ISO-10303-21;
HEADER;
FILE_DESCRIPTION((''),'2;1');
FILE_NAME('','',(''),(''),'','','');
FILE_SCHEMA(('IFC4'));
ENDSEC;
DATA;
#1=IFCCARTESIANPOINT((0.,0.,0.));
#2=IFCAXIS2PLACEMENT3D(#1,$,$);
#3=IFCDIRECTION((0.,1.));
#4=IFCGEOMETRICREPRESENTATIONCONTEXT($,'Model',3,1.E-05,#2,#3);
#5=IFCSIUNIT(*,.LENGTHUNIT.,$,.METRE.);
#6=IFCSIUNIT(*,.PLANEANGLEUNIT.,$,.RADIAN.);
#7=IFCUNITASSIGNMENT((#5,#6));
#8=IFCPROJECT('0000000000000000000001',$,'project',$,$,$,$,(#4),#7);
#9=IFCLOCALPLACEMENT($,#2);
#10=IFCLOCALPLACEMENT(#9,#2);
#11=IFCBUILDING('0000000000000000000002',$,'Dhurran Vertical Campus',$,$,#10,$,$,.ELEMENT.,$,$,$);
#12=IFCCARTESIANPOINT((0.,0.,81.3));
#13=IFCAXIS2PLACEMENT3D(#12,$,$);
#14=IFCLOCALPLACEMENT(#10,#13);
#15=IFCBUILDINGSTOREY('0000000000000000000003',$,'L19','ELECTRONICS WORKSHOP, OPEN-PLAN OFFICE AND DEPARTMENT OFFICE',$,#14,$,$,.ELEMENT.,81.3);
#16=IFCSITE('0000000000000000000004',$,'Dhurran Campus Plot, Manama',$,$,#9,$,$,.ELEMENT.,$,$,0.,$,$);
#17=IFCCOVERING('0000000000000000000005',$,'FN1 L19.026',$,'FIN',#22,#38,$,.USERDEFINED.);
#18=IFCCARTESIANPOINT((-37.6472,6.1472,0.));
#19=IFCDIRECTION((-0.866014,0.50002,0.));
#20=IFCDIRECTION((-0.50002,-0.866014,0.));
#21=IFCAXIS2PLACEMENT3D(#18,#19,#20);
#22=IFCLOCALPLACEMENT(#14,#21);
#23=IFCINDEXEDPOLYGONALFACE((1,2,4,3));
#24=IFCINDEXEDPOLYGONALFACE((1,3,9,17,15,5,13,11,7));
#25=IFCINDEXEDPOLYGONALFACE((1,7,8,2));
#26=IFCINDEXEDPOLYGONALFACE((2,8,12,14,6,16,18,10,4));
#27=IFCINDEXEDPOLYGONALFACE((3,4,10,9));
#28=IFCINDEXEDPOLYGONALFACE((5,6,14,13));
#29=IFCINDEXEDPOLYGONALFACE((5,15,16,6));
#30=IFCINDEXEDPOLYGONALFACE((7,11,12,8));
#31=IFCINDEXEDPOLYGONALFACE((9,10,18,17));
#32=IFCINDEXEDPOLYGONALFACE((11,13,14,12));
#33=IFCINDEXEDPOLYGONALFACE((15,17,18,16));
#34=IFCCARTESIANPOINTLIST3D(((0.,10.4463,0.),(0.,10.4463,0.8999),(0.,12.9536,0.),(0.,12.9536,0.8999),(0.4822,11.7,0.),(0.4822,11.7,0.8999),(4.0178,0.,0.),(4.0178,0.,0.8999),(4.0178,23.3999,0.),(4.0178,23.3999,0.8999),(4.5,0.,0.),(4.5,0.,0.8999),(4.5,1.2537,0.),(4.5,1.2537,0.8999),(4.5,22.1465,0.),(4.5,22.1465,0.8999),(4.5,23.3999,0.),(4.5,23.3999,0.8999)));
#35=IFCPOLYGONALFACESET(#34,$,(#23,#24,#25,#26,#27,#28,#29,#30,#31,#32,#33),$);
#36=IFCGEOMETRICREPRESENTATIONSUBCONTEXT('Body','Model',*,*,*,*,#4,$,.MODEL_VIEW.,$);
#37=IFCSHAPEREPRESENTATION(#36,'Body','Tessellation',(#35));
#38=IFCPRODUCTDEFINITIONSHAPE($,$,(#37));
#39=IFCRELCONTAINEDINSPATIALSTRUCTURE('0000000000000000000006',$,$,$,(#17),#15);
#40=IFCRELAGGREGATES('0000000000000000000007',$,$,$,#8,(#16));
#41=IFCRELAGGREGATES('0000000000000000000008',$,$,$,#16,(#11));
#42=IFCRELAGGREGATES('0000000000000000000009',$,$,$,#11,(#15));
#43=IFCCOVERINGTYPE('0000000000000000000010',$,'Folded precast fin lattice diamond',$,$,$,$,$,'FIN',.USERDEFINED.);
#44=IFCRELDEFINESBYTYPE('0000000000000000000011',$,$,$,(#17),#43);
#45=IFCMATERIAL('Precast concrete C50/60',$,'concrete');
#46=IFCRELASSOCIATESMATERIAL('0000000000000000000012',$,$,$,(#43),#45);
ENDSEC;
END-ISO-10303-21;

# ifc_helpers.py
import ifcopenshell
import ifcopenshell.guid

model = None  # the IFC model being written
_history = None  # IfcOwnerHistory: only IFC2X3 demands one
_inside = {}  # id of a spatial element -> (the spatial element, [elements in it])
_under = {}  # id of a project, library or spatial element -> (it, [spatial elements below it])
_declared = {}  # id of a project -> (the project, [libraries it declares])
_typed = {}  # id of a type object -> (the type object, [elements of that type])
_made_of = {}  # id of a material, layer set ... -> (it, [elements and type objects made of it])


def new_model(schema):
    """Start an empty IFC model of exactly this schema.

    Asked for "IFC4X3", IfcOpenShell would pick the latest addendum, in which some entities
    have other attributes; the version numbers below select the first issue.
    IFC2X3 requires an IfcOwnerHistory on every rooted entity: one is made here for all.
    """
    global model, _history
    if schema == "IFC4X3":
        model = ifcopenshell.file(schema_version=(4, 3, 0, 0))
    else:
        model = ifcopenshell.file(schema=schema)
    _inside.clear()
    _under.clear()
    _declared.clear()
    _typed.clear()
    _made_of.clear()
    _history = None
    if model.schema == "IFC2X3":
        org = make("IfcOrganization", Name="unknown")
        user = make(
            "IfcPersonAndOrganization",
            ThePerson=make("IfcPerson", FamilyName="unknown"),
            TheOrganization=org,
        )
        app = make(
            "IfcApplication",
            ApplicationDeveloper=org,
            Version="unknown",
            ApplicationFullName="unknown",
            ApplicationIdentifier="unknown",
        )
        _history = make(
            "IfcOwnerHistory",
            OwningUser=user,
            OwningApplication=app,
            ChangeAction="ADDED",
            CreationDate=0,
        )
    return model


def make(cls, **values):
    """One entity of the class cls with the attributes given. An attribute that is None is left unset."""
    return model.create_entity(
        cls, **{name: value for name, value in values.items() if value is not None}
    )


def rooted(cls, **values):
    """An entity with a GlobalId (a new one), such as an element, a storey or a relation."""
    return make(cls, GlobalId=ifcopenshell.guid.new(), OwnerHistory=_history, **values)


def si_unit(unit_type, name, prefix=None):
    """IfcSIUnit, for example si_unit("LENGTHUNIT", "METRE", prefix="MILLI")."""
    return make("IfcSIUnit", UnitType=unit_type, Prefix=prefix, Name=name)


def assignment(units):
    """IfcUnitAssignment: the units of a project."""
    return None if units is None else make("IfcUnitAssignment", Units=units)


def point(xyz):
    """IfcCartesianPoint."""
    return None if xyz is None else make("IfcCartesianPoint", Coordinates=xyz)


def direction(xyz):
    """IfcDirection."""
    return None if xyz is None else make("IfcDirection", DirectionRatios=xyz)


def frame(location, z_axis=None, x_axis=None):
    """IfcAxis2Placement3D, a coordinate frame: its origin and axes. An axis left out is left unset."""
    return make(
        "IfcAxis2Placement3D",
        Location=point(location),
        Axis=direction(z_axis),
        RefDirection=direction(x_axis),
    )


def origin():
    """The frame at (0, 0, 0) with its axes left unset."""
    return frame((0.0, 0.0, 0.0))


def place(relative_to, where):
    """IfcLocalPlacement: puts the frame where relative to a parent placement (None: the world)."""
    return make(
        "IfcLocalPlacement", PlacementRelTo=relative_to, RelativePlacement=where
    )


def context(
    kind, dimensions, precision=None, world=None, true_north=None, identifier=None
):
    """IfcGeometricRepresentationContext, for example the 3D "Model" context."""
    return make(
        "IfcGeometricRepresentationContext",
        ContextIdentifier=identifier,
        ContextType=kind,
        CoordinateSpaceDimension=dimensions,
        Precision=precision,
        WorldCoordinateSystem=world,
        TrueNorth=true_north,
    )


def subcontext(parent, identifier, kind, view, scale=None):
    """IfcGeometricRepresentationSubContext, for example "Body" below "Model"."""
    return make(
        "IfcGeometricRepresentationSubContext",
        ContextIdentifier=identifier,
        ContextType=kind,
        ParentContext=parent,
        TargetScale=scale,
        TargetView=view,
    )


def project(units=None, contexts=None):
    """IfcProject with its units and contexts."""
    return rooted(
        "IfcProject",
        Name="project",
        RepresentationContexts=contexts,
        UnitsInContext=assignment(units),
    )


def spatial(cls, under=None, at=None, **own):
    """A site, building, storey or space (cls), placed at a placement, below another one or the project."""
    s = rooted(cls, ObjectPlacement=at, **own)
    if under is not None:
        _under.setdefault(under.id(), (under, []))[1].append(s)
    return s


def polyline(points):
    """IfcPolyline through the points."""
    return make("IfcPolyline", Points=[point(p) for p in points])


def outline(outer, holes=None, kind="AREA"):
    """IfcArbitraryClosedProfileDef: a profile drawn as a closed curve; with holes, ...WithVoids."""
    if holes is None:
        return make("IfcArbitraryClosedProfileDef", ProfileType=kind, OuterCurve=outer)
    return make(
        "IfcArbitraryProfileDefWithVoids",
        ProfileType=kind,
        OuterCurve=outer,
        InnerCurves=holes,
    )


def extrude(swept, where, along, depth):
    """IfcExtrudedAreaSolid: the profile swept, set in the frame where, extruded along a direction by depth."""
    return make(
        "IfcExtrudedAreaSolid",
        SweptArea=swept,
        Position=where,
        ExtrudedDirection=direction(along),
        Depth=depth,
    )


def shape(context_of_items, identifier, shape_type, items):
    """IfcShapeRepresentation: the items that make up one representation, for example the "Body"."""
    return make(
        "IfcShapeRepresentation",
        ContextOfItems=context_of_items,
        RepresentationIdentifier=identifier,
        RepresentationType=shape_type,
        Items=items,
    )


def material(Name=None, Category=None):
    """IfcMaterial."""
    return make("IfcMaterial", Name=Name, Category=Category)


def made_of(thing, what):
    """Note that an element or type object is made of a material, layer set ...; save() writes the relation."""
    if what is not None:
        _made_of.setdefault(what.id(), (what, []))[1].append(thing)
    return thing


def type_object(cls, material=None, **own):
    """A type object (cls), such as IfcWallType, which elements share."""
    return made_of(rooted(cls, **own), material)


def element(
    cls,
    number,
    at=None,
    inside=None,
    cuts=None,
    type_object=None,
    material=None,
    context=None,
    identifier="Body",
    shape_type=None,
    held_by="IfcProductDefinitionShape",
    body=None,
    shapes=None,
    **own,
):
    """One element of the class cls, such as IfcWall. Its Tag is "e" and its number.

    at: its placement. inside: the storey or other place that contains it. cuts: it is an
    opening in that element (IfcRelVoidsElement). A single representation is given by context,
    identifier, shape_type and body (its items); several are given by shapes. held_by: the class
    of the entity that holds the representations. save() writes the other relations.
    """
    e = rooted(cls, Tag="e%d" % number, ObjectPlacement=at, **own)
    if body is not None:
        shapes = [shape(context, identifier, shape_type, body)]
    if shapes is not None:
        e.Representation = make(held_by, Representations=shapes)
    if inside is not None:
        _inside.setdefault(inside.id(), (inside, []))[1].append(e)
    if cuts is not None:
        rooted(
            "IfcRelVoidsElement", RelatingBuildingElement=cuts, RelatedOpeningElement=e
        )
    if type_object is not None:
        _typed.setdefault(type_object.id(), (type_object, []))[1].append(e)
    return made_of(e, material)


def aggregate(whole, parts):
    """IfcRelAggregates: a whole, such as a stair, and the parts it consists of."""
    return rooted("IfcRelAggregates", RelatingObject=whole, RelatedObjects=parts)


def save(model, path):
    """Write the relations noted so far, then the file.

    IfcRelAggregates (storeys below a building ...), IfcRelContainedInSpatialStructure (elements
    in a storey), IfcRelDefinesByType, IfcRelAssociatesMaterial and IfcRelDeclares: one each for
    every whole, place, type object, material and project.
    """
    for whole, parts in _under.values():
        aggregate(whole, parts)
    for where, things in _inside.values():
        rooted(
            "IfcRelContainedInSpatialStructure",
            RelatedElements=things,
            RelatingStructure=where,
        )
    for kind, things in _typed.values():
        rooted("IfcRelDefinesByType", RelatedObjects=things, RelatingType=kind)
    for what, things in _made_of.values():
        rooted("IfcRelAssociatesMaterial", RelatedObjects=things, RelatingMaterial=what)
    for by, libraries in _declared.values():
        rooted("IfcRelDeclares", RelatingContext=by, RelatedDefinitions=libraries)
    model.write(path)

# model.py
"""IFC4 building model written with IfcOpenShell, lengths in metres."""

from ifc_helpers import new_model, si_unit, direction, frame, origin, place, context, subcontext, project, spatial, polyline, outline, extrude, material, type_object, element, save


model = new_model("IFC4")

# Units and contexts
model_context = context("Model", 3, precision=1e-05, world=origin(), true_north=direction((0.0, 1.0)))
body_context = subcontext(model_context, "Body", "Model", "MODEL_VIEW")
ifc_project = project(units=[si_unit("LENGTHUNIT", "METRE"), si_unit("PLANEANGLEUNIT", "RADIAN")], contexts=[model_context])

# Site, building, storey
site_placement = place(None, origin())
site = spatial("IfcSite", under=ifc_project, at=site_placement, Name="Dhurran Campus Plot, Manama", CompositionType="ELEMENT", RefElevation=0.0)
building_placement = place(site_placement, origin())
building = spatial("IfcBuilding", under=site, at=building_placement, Name="Dhurran Vertical Campus", CompositionType="ELEMENT")
storey_placement = place(building_placement, frame((0.0, 0.0, 81.3)))
storey = spatial("IfcBuildingStorey", under=building, at=storey_placement, Name="L19", Description="ELECTRONICS WORKSHOP, OPEN-PLAN OFFICE AND DEPARTMENT OFFICE", CompositionType="ELEMENT", Elevation=81.3)

# Covering
ifc_material_1 = material(Name="Precast concrete C50/60", Category="concrete")
covering_type = type_object("IfcCoveringType", Name="Folded precast fin lattice diamond", ElementType="FIN", PredefinedType="USERDEFINED", material=ifc_material_1)
covering_1_placement = place(storey_placement, frame((-37.6472, 6.1472, 0.0), z_axis=(-0.866014, 0.50002, 0.0), x_axis=(-0.50002, -0.866014, 0.0)))
element("IfcCovering", 1, at=covering_1_placement, inside=storey, type_object=covering_type, Name="FN1 L19.026", ObjectType="FIN", PredefinedType="USERDEFINED", context=body_context, shape_type="SweptSolid", body=[
    extrude(outline(polyline([(4.0178, 0.0), (0.0, 10.4463), (0.0, 12.9536), (4.0178, 23.3999), (4.5, 23.3999), (4.5, 22.1465), (0.4822, 11.7), (4.5, 1.2537), (4.5, 0.0), (4.0178, 0.0)])), origin(), (0.0, 0.0, 1.0), 0.8999),
])

save(model, "model.ifc")
